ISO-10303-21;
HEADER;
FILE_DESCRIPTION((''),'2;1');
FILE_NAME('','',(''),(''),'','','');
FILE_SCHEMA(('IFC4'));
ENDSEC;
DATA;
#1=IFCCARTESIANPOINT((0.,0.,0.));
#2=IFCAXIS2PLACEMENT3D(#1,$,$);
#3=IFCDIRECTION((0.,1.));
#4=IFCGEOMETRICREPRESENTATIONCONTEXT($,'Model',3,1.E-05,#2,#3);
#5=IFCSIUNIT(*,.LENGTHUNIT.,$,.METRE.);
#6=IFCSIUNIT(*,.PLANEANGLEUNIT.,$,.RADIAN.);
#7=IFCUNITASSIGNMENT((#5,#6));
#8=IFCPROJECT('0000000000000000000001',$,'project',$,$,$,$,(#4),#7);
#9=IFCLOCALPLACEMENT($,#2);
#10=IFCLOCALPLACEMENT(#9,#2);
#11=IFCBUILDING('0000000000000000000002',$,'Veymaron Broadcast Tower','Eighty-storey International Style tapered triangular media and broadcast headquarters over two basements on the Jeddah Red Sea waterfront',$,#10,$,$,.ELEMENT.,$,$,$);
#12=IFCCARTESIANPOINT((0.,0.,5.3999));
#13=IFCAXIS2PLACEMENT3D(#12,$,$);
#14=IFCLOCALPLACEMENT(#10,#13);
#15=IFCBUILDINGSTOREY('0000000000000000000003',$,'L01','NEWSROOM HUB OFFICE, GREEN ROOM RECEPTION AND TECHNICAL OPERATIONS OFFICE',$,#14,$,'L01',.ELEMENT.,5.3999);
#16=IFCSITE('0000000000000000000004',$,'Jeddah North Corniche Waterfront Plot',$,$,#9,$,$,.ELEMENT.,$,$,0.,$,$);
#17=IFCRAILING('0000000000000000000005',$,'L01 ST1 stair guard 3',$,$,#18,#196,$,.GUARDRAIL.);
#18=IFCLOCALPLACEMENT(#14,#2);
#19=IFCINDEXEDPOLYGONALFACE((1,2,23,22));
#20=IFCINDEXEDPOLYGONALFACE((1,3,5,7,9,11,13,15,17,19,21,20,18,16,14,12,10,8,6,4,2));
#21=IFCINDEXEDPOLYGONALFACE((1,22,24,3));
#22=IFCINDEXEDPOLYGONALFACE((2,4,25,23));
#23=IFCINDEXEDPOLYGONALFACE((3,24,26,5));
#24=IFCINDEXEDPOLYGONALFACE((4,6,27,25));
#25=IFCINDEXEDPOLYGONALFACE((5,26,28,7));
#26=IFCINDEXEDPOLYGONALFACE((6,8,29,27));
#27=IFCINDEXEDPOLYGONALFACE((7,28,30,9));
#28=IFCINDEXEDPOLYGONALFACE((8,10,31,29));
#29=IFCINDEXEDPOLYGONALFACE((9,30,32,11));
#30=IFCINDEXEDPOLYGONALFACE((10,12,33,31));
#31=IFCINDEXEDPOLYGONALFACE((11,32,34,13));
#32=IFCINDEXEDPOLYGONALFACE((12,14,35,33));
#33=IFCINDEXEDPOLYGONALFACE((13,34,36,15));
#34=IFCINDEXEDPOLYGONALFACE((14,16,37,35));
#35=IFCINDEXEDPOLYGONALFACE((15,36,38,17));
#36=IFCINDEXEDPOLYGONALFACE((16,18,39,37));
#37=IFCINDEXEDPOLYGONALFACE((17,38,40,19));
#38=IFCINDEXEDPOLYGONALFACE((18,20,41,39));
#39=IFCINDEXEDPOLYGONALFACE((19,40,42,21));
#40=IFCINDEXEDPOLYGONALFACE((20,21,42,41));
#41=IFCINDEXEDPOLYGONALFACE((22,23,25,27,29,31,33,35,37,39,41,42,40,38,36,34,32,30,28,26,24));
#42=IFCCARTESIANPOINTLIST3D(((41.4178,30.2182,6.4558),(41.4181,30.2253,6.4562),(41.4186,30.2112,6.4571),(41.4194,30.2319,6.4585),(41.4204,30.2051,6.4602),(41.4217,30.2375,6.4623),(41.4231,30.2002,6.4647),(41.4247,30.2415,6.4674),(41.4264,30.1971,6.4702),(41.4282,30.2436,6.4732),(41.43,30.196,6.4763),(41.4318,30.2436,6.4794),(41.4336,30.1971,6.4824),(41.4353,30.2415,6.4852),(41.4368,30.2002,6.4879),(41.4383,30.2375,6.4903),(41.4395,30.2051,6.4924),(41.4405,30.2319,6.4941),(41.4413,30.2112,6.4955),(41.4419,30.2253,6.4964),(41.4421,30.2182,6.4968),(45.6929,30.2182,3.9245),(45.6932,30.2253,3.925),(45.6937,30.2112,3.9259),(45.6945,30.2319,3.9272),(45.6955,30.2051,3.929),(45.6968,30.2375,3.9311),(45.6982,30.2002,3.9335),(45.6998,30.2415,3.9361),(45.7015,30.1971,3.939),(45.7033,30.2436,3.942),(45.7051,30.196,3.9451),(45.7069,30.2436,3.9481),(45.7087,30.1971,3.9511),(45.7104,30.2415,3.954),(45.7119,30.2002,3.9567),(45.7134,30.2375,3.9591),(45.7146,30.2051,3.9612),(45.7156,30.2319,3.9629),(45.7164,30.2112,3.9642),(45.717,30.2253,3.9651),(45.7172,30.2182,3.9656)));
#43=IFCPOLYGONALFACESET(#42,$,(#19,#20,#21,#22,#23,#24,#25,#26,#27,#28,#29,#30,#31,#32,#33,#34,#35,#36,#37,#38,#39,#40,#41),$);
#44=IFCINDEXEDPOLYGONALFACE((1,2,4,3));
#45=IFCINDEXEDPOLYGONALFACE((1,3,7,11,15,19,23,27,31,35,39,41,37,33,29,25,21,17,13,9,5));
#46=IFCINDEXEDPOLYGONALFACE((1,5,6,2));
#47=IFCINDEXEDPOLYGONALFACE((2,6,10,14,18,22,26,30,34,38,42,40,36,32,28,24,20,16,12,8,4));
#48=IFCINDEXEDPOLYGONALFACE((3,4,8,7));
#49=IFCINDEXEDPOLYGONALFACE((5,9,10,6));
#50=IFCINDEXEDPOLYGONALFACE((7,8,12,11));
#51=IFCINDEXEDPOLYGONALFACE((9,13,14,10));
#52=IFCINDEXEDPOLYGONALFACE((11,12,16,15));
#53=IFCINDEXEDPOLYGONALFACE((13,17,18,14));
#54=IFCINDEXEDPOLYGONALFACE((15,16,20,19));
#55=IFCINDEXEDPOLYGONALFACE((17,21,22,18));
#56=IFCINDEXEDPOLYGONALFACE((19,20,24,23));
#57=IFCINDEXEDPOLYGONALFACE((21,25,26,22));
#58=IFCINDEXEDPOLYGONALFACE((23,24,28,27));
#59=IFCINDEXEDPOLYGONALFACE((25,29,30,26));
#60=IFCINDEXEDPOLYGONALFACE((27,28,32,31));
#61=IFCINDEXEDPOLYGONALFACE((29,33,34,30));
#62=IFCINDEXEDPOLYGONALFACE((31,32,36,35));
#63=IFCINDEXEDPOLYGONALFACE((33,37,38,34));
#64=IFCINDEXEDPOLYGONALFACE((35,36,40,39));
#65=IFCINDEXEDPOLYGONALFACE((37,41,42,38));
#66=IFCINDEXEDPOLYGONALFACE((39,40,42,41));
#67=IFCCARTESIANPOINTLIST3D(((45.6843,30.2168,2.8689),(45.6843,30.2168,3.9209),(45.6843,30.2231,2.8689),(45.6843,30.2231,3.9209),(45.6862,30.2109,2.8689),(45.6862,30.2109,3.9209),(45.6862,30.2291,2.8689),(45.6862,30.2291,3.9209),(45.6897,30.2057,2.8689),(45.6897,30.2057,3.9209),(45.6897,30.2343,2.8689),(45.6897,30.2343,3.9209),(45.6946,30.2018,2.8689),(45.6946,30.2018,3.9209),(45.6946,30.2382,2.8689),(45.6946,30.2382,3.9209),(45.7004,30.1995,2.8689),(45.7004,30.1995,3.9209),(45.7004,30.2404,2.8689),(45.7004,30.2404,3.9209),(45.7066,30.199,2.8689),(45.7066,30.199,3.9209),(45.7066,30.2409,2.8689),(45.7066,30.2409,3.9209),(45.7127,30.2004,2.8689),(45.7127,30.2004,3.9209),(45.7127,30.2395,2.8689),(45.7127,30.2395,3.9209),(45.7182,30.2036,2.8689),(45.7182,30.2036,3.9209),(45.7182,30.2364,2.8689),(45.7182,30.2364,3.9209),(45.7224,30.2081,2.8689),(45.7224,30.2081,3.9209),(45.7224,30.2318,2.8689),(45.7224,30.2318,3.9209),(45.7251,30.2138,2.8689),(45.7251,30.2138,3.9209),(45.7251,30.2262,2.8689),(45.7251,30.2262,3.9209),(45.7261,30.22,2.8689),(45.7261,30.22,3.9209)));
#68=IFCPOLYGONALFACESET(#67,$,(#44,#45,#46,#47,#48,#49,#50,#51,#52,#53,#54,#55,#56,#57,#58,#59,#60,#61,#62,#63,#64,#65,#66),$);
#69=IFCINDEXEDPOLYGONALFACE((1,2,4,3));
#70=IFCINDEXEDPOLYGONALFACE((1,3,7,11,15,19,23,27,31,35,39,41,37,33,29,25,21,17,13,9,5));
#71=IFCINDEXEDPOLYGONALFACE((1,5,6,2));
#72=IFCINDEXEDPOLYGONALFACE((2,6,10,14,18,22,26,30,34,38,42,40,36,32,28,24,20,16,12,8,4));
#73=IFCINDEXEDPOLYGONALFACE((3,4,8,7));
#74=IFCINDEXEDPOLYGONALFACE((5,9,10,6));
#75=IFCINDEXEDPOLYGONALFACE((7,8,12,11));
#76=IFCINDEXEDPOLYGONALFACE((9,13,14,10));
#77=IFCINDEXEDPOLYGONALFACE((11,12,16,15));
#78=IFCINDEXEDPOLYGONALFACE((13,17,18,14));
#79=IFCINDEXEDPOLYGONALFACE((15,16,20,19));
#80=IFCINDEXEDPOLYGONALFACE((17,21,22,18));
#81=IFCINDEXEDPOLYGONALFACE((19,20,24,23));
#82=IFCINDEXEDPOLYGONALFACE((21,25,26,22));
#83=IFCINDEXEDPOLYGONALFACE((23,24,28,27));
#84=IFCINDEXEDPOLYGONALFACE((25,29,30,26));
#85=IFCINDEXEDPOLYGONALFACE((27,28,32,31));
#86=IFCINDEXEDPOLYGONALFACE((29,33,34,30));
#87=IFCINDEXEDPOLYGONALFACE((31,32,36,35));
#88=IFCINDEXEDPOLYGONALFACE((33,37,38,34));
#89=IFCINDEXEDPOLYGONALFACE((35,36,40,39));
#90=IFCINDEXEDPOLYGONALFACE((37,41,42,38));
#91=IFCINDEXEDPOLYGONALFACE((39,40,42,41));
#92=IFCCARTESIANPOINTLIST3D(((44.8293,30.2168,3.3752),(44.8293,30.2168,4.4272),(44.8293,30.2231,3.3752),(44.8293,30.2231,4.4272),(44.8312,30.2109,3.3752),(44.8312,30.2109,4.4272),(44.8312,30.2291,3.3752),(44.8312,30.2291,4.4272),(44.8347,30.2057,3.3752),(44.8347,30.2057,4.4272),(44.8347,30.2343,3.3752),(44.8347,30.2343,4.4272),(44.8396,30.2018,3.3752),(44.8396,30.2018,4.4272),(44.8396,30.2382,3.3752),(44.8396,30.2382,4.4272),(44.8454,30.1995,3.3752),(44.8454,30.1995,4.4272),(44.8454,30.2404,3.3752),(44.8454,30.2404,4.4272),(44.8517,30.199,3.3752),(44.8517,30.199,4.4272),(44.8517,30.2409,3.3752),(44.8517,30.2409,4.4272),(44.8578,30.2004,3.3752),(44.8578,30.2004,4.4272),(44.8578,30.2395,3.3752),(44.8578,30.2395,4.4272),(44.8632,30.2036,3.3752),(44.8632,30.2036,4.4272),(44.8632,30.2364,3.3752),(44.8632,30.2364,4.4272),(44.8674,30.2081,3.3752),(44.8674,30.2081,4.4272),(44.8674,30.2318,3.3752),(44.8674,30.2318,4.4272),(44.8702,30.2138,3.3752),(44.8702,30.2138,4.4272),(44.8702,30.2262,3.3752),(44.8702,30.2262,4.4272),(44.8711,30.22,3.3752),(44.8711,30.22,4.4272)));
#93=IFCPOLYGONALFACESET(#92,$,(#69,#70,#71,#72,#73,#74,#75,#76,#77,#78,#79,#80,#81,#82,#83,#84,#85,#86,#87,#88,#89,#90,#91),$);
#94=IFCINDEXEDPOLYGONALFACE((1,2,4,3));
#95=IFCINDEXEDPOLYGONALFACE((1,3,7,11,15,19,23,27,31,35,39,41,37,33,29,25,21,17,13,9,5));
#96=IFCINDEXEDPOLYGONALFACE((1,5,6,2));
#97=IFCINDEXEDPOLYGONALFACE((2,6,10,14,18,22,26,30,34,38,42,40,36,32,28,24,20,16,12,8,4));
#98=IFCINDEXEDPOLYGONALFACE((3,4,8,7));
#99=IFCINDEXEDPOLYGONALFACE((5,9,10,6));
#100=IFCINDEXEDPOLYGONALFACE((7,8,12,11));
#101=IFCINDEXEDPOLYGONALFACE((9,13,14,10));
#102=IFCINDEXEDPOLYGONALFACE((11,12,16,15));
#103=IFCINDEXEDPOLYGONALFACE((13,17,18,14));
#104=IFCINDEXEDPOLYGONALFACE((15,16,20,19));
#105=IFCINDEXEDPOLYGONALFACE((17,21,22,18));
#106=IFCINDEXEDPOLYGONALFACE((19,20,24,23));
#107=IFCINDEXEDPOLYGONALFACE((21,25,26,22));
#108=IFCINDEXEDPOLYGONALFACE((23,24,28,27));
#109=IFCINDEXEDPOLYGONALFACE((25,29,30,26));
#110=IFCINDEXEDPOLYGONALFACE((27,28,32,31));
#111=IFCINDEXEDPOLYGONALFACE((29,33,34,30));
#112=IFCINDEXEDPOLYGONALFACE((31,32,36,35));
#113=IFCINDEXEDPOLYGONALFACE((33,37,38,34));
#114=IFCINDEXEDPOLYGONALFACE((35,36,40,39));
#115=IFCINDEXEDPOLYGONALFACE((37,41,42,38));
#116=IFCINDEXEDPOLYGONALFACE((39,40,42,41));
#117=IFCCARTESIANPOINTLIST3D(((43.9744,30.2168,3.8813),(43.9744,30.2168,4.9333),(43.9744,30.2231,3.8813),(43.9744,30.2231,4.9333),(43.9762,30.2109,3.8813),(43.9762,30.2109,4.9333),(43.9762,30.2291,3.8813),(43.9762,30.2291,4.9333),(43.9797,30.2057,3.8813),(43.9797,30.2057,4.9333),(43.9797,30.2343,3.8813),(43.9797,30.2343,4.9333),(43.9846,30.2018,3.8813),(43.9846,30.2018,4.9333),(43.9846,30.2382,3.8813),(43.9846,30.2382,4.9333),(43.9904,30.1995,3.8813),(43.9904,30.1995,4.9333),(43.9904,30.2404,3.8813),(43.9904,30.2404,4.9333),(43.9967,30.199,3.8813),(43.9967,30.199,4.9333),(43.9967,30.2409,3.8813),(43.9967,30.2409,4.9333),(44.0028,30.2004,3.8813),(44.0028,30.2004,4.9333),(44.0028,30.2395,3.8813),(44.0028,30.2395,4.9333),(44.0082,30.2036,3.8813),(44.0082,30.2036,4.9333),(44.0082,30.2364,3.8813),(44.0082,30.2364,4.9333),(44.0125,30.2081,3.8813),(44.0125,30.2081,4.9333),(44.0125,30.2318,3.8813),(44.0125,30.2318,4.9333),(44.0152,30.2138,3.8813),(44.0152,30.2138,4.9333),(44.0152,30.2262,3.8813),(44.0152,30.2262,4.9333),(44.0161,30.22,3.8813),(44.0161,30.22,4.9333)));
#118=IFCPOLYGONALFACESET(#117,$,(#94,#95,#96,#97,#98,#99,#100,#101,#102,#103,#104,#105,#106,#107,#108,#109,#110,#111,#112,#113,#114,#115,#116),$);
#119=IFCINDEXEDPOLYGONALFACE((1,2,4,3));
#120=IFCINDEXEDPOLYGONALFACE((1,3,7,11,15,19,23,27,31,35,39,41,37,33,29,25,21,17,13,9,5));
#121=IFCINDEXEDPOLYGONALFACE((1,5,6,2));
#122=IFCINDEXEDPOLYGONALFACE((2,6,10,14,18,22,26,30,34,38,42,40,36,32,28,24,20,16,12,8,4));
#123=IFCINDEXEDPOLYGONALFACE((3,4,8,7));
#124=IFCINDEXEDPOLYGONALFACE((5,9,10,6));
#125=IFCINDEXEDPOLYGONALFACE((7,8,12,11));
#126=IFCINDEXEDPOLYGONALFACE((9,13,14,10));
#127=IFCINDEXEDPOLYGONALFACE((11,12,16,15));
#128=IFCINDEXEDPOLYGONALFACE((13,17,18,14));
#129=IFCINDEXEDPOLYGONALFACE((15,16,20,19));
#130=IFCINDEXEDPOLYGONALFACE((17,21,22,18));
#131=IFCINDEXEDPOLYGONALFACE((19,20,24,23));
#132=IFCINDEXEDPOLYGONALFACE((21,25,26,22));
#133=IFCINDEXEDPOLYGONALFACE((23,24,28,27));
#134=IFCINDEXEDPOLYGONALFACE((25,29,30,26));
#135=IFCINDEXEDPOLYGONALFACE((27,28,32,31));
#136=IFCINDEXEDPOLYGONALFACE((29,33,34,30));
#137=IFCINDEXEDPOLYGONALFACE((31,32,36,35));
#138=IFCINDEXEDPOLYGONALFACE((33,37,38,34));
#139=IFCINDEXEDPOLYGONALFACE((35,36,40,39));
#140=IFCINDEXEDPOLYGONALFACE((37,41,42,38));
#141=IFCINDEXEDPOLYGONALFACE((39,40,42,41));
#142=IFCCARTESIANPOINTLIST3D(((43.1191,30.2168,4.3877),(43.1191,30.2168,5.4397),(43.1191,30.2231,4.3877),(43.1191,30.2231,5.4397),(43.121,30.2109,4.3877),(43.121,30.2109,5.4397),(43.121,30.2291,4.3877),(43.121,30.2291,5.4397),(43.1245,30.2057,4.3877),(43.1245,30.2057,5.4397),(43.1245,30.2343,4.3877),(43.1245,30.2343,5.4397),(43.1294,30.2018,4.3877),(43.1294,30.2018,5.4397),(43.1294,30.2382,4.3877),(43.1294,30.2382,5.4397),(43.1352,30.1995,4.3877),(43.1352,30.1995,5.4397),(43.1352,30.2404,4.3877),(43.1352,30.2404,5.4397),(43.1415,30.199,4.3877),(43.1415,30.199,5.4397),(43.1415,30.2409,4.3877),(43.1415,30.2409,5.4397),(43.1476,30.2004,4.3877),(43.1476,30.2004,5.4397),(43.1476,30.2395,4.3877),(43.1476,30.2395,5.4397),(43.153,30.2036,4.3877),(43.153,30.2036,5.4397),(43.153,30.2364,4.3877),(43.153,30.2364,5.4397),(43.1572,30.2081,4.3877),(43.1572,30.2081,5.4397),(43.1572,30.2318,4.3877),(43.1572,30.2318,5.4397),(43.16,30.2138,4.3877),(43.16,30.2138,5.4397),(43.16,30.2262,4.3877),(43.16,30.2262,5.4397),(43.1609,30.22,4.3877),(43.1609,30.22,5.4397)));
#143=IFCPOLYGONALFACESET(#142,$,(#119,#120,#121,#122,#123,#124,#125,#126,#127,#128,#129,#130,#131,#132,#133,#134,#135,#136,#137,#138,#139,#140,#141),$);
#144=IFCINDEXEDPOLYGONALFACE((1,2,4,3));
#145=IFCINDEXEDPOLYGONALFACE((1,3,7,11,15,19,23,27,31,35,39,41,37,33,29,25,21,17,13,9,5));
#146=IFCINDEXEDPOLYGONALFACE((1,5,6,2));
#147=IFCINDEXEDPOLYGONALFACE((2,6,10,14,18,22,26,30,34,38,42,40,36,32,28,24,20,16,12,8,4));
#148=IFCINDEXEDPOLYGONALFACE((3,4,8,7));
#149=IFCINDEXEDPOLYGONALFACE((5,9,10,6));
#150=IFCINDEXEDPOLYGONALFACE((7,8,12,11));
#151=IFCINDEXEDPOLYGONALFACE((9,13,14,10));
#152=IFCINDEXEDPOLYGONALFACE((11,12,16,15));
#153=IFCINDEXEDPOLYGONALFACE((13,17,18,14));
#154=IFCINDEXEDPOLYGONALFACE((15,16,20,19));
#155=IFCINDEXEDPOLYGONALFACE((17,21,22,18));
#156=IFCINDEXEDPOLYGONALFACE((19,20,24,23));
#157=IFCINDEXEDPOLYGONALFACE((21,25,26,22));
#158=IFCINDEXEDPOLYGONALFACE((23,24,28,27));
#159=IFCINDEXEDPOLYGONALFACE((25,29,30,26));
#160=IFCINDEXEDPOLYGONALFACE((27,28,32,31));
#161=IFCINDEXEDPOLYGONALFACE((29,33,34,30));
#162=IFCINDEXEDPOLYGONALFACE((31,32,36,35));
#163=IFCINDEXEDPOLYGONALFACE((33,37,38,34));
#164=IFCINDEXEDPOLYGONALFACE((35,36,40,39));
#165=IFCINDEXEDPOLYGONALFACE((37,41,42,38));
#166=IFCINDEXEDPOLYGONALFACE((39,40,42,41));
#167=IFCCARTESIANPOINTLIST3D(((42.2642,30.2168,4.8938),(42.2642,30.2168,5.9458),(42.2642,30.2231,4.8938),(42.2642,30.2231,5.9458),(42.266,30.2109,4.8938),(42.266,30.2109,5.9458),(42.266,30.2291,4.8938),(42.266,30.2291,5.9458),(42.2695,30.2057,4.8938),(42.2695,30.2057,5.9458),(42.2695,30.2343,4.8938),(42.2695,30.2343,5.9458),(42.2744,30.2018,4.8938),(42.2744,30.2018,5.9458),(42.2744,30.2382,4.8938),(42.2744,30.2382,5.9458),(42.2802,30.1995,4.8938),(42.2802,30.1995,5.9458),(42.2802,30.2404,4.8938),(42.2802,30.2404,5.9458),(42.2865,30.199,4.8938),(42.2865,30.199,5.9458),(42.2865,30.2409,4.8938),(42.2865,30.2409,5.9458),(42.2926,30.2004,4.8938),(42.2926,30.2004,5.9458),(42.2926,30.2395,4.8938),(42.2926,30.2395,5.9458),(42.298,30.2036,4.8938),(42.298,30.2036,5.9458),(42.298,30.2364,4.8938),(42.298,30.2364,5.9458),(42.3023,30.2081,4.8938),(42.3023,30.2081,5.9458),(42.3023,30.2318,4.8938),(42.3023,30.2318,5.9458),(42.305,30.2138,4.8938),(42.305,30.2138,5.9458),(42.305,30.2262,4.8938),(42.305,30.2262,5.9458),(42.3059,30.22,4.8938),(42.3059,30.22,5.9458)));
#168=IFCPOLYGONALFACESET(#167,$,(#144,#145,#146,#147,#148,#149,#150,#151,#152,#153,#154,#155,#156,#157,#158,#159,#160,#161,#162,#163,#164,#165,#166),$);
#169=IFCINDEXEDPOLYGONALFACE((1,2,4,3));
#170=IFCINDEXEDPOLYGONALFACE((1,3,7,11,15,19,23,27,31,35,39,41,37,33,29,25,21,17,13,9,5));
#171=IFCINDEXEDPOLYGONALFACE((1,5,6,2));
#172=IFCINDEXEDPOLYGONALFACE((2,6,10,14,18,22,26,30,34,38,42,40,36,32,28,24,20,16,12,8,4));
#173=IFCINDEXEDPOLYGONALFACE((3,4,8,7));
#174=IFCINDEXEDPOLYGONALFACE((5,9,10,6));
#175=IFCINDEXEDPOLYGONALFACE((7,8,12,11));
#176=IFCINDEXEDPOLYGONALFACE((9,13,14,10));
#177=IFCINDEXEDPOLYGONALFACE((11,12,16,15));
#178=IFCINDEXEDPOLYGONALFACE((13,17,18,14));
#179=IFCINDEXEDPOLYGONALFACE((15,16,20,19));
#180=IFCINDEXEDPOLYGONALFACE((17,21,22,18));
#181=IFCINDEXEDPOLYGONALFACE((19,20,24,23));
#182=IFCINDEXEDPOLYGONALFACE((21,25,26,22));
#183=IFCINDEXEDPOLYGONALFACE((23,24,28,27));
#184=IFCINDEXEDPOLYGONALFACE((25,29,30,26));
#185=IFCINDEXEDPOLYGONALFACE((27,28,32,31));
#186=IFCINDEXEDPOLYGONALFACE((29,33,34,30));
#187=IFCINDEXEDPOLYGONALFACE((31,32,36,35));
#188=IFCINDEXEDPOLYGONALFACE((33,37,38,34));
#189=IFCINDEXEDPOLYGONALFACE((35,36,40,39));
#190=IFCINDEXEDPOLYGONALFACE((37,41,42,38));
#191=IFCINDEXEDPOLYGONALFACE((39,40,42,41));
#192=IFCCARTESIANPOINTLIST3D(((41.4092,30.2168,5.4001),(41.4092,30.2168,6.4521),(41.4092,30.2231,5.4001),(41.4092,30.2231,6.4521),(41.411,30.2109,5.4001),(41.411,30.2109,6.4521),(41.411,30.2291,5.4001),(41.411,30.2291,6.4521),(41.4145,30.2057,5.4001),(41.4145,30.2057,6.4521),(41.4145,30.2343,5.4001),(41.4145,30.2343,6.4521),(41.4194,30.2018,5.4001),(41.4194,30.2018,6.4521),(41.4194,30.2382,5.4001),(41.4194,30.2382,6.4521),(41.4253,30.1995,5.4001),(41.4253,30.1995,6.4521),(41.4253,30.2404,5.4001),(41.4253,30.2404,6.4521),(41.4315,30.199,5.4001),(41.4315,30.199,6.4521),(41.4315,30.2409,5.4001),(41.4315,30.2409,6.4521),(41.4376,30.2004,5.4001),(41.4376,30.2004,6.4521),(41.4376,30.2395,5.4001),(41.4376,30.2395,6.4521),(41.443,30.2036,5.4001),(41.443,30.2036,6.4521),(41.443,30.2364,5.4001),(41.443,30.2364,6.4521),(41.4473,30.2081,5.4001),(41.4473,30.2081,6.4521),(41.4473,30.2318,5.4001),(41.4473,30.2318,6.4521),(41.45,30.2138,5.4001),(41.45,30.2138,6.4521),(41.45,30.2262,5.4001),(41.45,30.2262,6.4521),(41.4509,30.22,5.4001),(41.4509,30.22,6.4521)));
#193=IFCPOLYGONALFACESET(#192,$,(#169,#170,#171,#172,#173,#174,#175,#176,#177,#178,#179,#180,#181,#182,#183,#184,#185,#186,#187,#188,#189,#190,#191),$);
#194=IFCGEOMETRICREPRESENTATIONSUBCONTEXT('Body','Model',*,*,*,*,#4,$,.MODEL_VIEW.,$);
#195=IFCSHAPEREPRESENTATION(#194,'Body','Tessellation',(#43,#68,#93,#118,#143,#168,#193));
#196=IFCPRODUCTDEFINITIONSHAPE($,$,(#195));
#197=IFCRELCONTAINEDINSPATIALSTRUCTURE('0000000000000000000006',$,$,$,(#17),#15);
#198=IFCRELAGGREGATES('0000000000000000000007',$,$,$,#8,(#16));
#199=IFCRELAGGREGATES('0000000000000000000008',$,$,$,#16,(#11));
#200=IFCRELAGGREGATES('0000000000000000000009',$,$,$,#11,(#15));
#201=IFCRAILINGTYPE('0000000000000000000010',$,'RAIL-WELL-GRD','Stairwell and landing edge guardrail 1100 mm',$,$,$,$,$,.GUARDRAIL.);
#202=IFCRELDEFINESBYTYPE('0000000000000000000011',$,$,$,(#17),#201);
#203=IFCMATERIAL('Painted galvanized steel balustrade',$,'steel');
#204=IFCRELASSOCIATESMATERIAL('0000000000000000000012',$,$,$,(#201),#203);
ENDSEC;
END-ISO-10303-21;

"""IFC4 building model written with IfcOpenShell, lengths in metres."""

from ifc_helpers import new_model, si_unit, direction, frame, origin, origin_2d, place, context, subcontext, project, spatial, circle, extrude, material, type_object, element, save


model = new_model("IFC4")

# Units and contexts
model_context = context("Model", 3, precision=1e-05, world=origin(), true_north=direction((0.0, 1.0)))
body_context = subcontext(model_context, "Body", "Model", "MODEL_VIEW")
ifc_project = project(units=[si_unit("LENGTHUNIT", "METRE"), si_unit("PLANEANGLEUNIT", "RADIAN")], contexts=[model_context])

# Site, building, storey
site_placement = place(None, origin())
site = spatial("IfcSite", under=ifc_project, at=site_placement, Name="Jeddah North Corniche Waterfront Plot", CompositionType="ELEMENT", RefElevation=0.0)
building_placement = place(site_placement, origin())
building = spatial("IfcBuilding", under=site, at=building_placement, Name="Veymaron Broadcast Tower", Description="Eighty-storey International Style tapered triangular media and broadcast headquarters over two basements on the Jeddah Red Sea waterfront", CompositionType="ELEMENT")
storey_placement = place(building_placement, frame((0.0, 0.0, 5.3999)))
storey = spatial("IfcBuildingStorey", under=building, at=storey_placement, Name="L01", Description="NEWSROOM HUB OFFICE, GREEN ROOM RECEPTION AND TECHNICAL OPERATIONS OFFICE", LongName="L01", CompositionType="ELEMENT", Elevation=5.3999)

# Railing
ifc_material_1 = material(Name="Painted galvanized steel balustrade", Category="steel")
railing_type_1 = type_object("IfcRailingType", Name="RAIL-WELL-GRD", Description="Stairwell and landing edge guardrail 1100 mm", PredefinedType="GUARDRAIL", material=ifc_material_1)
railing_1_placement = place(storey_placement, frame((45.7051, 30.22, 2.8689)))
element("IfcRailing", 1, at=railing_1_placement, inside=storey, type_object=railing_type_1, Name="L01 ST1 stair guard 3", PredefinedType="GUARDRAIL", context=body_context, shape_type="SweptSolid", body=[
    extrude(circle(Radius=0.0239, at=origin_2d()), frame((0.0, 0.0, 1.0762), z_axis=(-0.860483, 0.0, 0.509479), x_axis=(0.0, -1.0, 0.0)), (0.0, 0.0, 1.0), 4.9683),
    extrude(circle(Radius=0.021, at=origin_2d()), origin(), (0.0, 0.0, 1.0), 1.052),
    extrude(circle(Radius=0.021, at=origin_2d()), frame((-0.855, 0.0, 0.5063)), (0.0, 0.0, 1.0), 1.052),
    extrude(circle(Radius=0.021, at=origin_2d()), frame((-1.71, 0.0, 1.0125)), (0.0, 0.0, 1.0), 1.052),
    extrude(circle(Radius=0.021, at=origin_2d()), frame((-2.5652, 0.0, 1.5188)), (0.0, 0.0, 1.0), 1.052),
    extrude(circle(Radius=0.021, at=origin_2d()), frame((-3.4202, 0.0, 2.0249)), (0.0, 0.0, 1.0), 1.052),
    extrude(circle(Radius=0.021, at=origin_2d()), frame((-4.2751, 0.0, 2.5312)), (0.0, 0.0, 1.0), 1.052),
])

save(model, "model.ifc")
